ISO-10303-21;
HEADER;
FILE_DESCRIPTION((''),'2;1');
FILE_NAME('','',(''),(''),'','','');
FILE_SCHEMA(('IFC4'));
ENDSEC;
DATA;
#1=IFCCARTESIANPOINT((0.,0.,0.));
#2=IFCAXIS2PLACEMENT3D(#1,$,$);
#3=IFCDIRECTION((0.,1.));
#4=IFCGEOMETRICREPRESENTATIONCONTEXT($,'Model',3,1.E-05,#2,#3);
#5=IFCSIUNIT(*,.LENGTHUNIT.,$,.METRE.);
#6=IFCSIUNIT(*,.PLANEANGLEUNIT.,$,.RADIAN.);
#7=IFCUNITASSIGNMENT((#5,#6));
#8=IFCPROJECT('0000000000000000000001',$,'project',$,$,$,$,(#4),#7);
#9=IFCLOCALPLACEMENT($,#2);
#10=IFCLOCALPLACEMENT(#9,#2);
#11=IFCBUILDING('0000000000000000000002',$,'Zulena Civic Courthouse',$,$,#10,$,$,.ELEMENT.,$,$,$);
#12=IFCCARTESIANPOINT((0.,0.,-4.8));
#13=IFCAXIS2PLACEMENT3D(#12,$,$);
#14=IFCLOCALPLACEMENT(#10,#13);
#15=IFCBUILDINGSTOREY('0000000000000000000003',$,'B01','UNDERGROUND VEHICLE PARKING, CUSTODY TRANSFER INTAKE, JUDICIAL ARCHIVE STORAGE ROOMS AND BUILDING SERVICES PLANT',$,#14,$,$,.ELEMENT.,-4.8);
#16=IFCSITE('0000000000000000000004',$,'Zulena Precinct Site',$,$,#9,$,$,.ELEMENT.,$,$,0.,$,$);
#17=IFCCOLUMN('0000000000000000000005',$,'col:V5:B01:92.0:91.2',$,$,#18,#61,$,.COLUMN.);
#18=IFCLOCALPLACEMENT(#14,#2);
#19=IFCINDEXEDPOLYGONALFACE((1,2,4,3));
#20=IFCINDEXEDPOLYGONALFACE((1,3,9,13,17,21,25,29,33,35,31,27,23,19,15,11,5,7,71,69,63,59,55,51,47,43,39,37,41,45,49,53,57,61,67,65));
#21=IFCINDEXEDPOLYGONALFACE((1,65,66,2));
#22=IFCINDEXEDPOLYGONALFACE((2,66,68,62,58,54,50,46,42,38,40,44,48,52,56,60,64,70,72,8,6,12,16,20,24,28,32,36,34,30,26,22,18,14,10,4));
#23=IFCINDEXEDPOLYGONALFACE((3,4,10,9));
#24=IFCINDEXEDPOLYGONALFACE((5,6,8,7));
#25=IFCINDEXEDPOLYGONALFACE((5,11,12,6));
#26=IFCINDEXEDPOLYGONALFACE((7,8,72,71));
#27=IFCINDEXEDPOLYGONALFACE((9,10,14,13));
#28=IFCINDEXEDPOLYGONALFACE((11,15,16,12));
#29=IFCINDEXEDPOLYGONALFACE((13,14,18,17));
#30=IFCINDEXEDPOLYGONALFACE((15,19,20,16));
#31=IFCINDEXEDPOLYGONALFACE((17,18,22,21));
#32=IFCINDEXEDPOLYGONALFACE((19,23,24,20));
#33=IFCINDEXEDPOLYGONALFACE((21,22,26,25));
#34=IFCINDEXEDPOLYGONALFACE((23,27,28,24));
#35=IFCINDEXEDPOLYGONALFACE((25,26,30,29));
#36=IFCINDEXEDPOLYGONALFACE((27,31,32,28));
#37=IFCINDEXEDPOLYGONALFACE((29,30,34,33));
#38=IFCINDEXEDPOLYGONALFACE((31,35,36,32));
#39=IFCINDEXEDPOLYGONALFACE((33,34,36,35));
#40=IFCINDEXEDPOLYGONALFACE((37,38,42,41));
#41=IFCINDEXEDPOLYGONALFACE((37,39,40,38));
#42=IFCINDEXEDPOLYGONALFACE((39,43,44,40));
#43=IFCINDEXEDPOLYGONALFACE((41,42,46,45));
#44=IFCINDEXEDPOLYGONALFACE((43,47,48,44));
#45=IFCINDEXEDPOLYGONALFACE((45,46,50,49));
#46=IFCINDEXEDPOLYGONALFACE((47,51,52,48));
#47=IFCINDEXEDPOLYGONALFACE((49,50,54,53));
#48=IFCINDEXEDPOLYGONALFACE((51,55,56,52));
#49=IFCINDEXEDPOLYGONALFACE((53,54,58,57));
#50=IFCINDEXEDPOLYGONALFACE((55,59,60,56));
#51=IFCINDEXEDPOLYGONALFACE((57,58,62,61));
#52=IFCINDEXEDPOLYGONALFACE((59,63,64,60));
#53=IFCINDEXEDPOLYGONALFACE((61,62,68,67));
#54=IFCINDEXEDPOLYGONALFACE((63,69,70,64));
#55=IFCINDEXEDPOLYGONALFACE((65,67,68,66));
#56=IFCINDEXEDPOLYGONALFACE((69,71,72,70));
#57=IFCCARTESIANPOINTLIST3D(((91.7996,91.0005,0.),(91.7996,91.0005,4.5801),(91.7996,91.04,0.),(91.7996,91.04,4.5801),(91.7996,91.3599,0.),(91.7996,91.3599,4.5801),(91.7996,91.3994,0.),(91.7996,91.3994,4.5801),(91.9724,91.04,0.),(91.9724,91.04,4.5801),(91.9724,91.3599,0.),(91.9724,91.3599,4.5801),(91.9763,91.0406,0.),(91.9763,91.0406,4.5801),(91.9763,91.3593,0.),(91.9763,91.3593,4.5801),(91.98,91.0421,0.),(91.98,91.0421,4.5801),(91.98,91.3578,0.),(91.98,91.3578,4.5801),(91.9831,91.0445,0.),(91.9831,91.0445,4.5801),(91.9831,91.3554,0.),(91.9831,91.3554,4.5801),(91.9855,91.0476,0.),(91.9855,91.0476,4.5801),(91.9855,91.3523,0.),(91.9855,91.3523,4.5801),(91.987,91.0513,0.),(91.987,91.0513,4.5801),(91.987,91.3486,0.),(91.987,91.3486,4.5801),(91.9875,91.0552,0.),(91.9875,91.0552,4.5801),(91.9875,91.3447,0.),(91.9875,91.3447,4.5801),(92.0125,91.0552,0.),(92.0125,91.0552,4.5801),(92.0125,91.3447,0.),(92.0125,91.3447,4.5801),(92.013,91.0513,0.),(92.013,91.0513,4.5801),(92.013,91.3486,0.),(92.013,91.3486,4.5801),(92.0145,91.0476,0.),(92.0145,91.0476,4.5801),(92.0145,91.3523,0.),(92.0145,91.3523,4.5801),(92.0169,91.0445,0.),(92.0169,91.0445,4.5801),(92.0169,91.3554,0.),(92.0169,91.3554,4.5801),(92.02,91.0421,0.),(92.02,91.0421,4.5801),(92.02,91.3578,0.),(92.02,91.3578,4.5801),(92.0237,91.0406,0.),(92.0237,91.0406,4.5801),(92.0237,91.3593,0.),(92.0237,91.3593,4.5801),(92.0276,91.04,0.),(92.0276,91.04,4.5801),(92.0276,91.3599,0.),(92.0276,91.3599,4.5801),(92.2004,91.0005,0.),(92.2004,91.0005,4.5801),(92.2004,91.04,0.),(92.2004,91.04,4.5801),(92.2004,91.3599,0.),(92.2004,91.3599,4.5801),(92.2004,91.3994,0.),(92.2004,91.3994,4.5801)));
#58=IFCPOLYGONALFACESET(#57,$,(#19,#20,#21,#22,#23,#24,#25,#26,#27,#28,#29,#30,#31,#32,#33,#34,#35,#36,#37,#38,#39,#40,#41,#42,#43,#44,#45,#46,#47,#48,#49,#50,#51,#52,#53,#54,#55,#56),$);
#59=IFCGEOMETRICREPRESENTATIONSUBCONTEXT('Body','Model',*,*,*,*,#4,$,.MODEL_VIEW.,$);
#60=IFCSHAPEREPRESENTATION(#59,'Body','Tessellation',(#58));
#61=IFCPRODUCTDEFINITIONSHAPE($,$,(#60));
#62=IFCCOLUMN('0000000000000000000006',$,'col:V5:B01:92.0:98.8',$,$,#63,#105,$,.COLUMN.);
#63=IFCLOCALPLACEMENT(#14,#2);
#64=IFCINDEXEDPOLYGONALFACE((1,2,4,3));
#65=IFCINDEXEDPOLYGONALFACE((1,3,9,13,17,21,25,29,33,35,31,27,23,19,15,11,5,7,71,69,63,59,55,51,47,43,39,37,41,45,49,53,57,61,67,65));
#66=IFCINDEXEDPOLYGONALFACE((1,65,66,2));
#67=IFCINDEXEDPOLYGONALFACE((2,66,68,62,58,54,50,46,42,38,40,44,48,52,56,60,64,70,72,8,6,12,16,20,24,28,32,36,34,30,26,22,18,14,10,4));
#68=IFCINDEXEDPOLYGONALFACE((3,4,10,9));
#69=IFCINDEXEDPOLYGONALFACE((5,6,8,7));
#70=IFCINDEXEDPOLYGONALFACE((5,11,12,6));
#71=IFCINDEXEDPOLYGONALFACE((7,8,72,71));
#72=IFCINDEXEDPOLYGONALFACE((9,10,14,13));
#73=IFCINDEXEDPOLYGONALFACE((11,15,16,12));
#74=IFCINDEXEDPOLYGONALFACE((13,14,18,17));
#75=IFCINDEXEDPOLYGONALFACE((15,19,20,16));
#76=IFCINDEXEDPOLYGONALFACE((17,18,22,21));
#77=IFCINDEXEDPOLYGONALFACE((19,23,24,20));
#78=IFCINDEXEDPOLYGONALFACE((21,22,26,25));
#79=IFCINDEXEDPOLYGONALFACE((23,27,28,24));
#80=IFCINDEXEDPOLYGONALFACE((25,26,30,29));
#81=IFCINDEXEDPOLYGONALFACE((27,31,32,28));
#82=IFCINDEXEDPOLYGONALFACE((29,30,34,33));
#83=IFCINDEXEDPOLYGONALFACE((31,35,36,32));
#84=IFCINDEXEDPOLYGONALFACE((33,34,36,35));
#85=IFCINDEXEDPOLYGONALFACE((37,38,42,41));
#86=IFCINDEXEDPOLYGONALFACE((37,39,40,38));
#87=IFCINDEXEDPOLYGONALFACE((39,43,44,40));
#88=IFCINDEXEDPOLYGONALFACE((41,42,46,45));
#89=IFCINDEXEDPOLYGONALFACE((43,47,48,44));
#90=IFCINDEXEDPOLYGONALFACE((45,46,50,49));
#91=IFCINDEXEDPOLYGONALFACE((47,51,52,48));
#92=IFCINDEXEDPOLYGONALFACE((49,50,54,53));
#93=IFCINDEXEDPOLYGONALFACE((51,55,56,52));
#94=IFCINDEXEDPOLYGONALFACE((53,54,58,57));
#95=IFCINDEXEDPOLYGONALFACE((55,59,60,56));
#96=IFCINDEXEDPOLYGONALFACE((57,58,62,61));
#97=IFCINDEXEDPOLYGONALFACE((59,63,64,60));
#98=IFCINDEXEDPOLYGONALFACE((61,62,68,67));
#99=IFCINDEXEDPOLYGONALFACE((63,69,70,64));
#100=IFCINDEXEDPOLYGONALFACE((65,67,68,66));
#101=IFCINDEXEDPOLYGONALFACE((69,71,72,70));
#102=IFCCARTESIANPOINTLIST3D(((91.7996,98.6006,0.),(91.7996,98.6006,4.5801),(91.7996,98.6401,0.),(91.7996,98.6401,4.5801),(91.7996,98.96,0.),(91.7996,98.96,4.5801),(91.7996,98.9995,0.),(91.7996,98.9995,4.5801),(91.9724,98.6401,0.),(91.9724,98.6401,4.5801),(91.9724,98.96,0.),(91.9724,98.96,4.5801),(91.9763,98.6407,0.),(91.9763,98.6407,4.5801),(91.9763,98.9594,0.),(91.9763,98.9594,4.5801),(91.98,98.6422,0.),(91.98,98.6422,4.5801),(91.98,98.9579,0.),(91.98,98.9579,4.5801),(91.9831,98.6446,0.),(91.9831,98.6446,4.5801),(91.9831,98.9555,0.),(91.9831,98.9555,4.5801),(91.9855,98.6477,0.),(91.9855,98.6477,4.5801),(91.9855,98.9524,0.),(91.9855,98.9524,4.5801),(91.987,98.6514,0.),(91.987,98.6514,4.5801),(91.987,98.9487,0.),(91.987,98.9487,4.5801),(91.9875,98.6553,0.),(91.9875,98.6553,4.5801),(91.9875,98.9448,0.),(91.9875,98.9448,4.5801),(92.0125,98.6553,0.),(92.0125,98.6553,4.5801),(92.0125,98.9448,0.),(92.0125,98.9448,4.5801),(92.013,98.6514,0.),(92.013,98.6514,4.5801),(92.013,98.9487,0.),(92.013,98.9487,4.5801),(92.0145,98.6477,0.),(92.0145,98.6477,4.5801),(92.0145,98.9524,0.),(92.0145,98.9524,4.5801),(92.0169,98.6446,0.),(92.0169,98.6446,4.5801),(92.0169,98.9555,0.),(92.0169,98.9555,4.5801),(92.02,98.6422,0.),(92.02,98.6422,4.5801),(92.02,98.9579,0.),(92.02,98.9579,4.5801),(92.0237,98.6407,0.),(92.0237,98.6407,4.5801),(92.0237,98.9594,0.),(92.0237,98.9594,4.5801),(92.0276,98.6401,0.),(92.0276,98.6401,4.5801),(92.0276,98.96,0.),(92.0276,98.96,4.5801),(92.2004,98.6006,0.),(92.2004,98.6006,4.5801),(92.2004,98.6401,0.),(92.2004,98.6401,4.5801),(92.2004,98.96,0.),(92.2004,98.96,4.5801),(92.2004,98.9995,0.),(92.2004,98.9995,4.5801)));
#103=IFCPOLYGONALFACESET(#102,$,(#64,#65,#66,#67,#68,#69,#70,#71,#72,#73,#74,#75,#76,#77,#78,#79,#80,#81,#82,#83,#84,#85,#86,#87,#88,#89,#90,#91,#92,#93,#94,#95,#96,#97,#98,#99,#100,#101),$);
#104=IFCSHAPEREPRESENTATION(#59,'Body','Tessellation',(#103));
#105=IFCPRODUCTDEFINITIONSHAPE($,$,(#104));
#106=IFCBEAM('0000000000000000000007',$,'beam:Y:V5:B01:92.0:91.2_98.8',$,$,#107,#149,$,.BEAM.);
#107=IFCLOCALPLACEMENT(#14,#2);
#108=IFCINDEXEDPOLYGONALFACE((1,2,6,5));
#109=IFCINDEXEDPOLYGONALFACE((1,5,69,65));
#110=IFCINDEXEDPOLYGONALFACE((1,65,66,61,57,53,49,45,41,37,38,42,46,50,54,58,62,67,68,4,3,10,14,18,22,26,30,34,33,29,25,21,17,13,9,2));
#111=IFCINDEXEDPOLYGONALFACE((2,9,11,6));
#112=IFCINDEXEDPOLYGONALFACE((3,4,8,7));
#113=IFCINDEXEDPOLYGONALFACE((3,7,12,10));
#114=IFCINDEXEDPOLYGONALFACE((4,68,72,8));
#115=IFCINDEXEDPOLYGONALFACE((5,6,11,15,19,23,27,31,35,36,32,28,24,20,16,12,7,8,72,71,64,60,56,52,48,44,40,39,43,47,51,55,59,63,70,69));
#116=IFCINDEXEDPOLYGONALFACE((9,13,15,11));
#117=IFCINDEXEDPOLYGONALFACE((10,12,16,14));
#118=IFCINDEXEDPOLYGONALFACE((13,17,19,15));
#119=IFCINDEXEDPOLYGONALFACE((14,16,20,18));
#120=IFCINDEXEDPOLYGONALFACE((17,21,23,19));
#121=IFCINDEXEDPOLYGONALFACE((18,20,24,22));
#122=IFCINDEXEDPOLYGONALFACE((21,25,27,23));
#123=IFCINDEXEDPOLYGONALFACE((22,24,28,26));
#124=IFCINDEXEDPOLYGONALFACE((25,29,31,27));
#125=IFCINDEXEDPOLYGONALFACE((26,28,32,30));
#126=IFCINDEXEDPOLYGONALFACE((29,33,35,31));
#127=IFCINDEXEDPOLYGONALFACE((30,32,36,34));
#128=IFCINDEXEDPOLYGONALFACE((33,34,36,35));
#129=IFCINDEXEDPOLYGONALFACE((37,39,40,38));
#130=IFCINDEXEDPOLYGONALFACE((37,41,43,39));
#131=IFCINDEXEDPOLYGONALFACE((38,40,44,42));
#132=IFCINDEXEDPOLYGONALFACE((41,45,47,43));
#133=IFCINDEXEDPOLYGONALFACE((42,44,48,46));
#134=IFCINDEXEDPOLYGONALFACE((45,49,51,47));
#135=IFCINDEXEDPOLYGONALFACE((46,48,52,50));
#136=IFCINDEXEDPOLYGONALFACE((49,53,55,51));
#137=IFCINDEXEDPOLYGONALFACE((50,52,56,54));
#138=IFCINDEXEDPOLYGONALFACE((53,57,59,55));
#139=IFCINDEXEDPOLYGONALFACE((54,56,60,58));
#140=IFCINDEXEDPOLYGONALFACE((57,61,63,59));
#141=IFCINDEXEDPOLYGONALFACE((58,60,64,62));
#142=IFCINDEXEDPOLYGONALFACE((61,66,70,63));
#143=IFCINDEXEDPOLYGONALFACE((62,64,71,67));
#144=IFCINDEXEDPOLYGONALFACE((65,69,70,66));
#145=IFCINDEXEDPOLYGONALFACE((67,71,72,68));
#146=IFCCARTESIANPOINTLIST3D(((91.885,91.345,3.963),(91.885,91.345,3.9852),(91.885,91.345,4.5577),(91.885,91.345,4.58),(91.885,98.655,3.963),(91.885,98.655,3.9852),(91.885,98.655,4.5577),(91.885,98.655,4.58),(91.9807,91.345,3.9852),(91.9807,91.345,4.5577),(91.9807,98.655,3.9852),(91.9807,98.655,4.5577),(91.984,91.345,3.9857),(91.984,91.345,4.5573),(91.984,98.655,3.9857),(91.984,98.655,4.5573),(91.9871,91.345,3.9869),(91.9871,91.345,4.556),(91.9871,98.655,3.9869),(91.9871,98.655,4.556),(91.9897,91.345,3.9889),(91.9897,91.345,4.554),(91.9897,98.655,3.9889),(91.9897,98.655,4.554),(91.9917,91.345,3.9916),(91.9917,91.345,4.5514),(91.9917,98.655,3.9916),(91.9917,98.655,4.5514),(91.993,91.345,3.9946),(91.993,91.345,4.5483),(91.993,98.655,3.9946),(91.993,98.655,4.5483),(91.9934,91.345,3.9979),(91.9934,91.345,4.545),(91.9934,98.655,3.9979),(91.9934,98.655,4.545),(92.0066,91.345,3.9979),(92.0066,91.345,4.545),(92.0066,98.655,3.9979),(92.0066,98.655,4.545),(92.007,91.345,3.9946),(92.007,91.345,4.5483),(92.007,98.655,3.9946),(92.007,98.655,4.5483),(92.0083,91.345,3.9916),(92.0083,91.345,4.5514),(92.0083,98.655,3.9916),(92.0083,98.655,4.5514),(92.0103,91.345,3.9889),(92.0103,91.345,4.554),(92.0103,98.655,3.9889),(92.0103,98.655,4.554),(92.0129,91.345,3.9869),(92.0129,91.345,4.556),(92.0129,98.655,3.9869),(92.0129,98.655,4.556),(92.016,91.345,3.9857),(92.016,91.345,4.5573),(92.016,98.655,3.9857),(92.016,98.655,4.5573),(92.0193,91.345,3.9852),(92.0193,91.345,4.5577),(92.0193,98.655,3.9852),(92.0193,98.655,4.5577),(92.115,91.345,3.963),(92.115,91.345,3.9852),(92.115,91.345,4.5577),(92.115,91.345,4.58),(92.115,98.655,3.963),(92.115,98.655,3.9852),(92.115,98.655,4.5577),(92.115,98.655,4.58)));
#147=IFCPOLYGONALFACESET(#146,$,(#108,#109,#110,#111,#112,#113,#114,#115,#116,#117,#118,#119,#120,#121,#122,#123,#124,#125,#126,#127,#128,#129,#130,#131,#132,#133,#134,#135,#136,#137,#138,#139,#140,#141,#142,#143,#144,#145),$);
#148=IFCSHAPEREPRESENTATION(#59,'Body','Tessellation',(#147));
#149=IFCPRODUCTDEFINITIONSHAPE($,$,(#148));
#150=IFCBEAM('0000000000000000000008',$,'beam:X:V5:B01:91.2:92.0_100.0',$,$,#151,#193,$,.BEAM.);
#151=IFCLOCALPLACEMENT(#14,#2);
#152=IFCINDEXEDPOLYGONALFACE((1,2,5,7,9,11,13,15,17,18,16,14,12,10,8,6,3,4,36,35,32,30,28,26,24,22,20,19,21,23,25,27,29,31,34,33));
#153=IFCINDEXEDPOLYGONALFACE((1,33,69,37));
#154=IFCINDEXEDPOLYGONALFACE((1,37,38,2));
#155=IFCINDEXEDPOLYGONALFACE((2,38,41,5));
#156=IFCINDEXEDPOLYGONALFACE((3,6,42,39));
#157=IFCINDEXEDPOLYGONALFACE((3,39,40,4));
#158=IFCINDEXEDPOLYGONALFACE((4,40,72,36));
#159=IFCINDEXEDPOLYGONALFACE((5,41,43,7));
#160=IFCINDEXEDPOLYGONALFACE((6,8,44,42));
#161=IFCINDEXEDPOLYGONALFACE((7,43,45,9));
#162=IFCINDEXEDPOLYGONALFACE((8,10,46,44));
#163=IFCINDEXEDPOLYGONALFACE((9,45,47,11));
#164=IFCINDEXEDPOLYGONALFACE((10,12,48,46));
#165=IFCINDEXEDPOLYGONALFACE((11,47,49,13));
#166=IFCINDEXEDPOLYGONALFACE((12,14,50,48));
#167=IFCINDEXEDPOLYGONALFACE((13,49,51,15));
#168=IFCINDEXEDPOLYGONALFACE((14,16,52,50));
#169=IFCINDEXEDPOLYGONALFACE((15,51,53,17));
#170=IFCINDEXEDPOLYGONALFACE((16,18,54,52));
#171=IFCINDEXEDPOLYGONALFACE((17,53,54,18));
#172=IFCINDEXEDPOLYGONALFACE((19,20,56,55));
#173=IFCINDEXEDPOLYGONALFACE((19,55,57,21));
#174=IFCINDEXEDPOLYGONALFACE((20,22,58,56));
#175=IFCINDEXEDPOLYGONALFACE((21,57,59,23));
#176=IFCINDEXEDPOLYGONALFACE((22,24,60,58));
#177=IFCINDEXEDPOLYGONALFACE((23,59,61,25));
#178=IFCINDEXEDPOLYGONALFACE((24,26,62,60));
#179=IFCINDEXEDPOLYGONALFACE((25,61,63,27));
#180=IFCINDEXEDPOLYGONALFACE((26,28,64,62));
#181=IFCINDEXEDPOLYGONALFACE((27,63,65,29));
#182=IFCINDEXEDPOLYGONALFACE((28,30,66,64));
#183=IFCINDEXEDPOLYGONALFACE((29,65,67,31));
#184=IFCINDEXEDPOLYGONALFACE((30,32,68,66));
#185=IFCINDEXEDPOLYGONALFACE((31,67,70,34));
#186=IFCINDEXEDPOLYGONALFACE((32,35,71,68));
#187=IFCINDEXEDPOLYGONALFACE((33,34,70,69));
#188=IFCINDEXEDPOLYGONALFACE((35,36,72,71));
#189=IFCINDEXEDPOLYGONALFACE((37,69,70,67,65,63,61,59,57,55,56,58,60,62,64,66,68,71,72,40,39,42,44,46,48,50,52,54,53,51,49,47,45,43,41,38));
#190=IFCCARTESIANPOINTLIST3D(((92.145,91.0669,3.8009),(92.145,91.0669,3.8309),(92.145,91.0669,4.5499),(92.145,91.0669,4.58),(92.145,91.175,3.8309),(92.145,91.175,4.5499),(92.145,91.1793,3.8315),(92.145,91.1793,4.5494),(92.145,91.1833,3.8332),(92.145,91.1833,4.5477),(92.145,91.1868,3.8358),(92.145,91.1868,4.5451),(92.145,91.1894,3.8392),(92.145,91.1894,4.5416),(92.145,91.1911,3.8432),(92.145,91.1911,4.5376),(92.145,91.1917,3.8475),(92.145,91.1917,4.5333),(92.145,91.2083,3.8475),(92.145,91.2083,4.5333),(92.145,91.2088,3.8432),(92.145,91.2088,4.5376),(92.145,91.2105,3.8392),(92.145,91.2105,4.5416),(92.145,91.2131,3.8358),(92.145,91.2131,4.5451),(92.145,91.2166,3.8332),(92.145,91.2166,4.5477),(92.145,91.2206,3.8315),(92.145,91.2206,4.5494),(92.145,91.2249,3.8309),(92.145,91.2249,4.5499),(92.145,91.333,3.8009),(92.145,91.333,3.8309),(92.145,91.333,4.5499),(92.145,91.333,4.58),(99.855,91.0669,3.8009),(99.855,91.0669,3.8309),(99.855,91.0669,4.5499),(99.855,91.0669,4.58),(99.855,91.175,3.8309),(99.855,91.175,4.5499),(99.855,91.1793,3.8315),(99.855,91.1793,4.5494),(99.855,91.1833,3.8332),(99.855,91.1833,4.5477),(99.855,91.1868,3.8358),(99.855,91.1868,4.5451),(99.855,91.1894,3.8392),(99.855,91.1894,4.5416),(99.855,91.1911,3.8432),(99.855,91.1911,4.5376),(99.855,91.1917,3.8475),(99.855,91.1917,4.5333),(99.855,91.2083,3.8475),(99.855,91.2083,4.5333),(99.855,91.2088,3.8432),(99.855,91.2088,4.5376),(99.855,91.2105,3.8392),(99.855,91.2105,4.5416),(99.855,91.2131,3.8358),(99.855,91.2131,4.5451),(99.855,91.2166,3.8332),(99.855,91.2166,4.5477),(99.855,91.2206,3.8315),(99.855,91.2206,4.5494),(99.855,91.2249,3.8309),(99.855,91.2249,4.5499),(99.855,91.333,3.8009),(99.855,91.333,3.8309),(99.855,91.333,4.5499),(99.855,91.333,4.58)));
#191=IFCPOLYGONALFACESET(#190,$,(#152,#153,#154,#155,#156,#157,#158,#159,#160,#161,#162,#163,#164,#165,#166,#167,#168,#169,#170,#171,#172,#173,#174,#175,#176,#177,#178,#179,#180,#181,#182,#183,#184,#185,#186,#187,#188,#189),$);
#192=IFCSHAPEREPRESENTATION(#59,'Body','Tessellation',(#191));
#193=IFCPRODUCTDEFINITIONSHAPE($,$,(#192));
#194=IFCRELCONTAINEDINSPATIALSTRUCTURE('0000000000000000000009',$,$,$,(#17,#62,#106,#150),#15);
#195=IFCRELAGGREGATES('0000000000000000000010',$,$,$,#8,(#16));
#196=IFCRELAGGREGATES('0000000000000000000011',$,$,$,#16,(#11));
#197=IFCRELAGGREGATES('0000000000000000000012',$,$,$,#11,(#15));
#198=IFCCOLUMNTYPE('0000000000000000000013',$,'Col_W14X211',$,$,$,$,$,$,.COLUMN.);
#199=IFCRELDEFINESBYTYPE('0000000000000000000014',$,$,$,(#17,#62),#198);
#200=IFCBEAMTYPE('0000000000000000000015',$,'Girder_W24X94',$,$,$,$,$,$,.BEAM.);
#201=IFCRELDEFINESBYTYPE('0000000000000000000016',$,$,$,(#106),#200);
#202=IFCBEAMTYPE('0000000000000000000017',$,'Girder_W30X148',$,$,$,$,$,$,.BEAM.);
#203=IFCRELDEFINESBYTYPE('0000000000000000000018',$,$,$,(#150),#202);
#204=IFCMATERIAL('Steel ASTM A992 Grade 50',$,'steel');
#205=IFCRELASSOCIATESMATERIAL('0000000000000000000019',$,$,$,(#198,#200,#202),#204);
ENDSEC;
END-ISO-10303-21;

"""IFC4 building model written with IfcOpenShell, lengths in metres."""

from ifc_helpers import new_model, si_unit, direction, frame, origin, origin_2d, place, context, subcontext, project, spatial, i_section, extrude, material, material_profile, profile_set, type_object, element, save


model = new_model("IFC4")

# Units and contexts
model_context = context("Model", 3, precision=1e-05, world=origin(), true_north=direction((0.0, 1.0)))
body_context = subcontext(model_context, "Body", "Model", "MODEL_VIEW")
ifc_project = project(units=[si_unit("LENGTHUNIT", "METRE"), si_unit("PLANEANGLEUNIT", "RADIAN")], contexts=[model_context])

# Site, building, storey
site_placement = place(None, origin())
site = spatial("IfcSite", under=ifc_project, at=site_placement, Name="Zulena Precinct Site", CompositionType="ELEMENT", RefElevation=0.0)
building_placement = place(site_placement, origin())
building = spatial("IfcBuilding", under=site, at=building_placement, Name="Zulena Civic Courthouse", CompositionType="ELEMENT")
storey_placement = place(building_placement, frame((0.0, 0.0, -4.8)))
storey = spatial("IfcBuildingStorey", under=building, at=storey_placement, Name="B01", Description="UNDERGROUND VEHICLE PARKING, CUSTODY TRANSFER INTAKE, JUDICIAL ARCHIVE STORAGE ROOMS AND BUILDING SERVICES PLANT", CompositionType="ELEMENT", Elevation=-4.8)

# Columns
ifc_material_1 = material(Name="Steel ASTM A992 Grade 50", Category="steel")
ifc_material_profile_1 = material_profile(ifc_material_1, i_section(OverallWidth=0.4009, OverallDepth=0.3989, WebThickness=0.0249, FlangeThickness=0.0396, FilletRadius=0.0151, at=origin_2d()), Name="W14X211")
ifc_profile_set_1 = profile_set([ifc_material_profile_1], Name="Steel ASTM A992 Grade 50")
column_type = type_object("IfcColumnType", Name="Col_W14X211", PredefinedType="COLUMN", material=ifc_profile_set_1)
for number, where, z_axis, x_axis, name in (
    (1, (92.0, 91.2, 0.0), (0.0, 0.0, 1.0), (1.0, 0.0, 0.0), "col:V5:B01:92.0:91.2"),
    (2, (92.0, 98.8, 0.0), (0.0, 0.0, 1.0), (1.0, 0.0, 0.0), "col:V5:B01:92.0:98.8"),
):
    element("IfcColumn", number, at=place(storey_placement, frame(where, z_axis=z_axis, x_axis=x_axis)), inside=storey, type_object=column_type, Name=name, PredefinedType="COLUMN", context=body_context, shape_type="SweptSolid", body=[
        extrude(i_section(OverallWidth=0.4009, OverallDepth=0.3989, WebThickness=0.0249, FlangeThickness=0.0396, FilletRadius=0.0151, at=origin_2d()), origin(), (0.0, 0.0, 1.0), 4.5801),
    ])

# Beams
ifc_material_profile_2 = material_profile(ifc_material_1, i_section(OverallWidth=0.23, OverallDepth=0.6169, WebThickness=0.0132, FlangeThickness=0.0222, FilletRadius=0.0127, at=origin_2d()), Name="W24X94")
ifc_profile_set_2 = profile_set([ifc_material_profile_2], Name="Steel ASTM A992 Grade 50")
beam_type_1 = type_object("IfcBeamType", Name="Girder_W24X94", PredefinedType="BEAM", material=ifc_profile_set_2)
beam_1_placement = place(storey_placement, frame((92.0, 91.345, 4.2715), z_axis=(0.0, 1.0, 0.0), x_axis=(-1.0, 0.0, 0.0)))
element("IfcBeam", 3, at=beam_1_placement, inside=storey, type_object=beam_type_1, Name="beam:Y:V5:B01:92.0:91.2_98.8", PredefinedType="BEAM", context=body_context, shape_type="SweptSolid", body=[
    extrude(i_section(OverallWidth=0.23, OverallDepth=0.6169, WebThickness=0.0132, FlangeThickness=0.0222, FilletRadius=0.0127, at=origin_2d()), origin(), (0.0, 0.0, 1.0), 7.3101),
])
ifc_material_profile_3 = material_profile(ifc_material_1, i_section(OverallWidth=0.2661, OverallDepth=0.7791, WebThickness=0.0166, FlangeThickness=0.03, FilletRadius=0.0166, at=origin_2d()), Name="W30X148")
ifc_profile_set_3 = profile_set([ifc_material_profile_3], Name="Steel ASTM A992 Grade 50")
beam_type_2 = type_object("IfcBeamType", Name="Girder_W30X148", PredefinedType="BEAM", material=ifc_profile_set_3)
for number, where, z_axis, x_axis, name in (
    (4, (92.145, 91.2, 4.1904), (1.0, 0.0, 0.0), (0.0, 1.0, 0.0), "beam:X:V5:B01:91.2:92.0_100.0"),
):
    element("IfcBeam", number, at=place(storey_placement, frame(where, z_axis=z_axis, x_axis=x_axis)), inside=storey, type_object=beam_type_2, Name=name, PredefinedType="BEAM", context=body_context, shape_type="SweptSolid", body=[
        extrude(i_section(OverallWidth=0.2661, OverallDepth=0.7791, WebThickness=0.0166, FlangeThickness=0.03, FilletRadius=0.0166, at=origin_2d()), origin(), (0.0, 0.0, 1.0), 7.71),
    ])

save(model, "model.ifc")
